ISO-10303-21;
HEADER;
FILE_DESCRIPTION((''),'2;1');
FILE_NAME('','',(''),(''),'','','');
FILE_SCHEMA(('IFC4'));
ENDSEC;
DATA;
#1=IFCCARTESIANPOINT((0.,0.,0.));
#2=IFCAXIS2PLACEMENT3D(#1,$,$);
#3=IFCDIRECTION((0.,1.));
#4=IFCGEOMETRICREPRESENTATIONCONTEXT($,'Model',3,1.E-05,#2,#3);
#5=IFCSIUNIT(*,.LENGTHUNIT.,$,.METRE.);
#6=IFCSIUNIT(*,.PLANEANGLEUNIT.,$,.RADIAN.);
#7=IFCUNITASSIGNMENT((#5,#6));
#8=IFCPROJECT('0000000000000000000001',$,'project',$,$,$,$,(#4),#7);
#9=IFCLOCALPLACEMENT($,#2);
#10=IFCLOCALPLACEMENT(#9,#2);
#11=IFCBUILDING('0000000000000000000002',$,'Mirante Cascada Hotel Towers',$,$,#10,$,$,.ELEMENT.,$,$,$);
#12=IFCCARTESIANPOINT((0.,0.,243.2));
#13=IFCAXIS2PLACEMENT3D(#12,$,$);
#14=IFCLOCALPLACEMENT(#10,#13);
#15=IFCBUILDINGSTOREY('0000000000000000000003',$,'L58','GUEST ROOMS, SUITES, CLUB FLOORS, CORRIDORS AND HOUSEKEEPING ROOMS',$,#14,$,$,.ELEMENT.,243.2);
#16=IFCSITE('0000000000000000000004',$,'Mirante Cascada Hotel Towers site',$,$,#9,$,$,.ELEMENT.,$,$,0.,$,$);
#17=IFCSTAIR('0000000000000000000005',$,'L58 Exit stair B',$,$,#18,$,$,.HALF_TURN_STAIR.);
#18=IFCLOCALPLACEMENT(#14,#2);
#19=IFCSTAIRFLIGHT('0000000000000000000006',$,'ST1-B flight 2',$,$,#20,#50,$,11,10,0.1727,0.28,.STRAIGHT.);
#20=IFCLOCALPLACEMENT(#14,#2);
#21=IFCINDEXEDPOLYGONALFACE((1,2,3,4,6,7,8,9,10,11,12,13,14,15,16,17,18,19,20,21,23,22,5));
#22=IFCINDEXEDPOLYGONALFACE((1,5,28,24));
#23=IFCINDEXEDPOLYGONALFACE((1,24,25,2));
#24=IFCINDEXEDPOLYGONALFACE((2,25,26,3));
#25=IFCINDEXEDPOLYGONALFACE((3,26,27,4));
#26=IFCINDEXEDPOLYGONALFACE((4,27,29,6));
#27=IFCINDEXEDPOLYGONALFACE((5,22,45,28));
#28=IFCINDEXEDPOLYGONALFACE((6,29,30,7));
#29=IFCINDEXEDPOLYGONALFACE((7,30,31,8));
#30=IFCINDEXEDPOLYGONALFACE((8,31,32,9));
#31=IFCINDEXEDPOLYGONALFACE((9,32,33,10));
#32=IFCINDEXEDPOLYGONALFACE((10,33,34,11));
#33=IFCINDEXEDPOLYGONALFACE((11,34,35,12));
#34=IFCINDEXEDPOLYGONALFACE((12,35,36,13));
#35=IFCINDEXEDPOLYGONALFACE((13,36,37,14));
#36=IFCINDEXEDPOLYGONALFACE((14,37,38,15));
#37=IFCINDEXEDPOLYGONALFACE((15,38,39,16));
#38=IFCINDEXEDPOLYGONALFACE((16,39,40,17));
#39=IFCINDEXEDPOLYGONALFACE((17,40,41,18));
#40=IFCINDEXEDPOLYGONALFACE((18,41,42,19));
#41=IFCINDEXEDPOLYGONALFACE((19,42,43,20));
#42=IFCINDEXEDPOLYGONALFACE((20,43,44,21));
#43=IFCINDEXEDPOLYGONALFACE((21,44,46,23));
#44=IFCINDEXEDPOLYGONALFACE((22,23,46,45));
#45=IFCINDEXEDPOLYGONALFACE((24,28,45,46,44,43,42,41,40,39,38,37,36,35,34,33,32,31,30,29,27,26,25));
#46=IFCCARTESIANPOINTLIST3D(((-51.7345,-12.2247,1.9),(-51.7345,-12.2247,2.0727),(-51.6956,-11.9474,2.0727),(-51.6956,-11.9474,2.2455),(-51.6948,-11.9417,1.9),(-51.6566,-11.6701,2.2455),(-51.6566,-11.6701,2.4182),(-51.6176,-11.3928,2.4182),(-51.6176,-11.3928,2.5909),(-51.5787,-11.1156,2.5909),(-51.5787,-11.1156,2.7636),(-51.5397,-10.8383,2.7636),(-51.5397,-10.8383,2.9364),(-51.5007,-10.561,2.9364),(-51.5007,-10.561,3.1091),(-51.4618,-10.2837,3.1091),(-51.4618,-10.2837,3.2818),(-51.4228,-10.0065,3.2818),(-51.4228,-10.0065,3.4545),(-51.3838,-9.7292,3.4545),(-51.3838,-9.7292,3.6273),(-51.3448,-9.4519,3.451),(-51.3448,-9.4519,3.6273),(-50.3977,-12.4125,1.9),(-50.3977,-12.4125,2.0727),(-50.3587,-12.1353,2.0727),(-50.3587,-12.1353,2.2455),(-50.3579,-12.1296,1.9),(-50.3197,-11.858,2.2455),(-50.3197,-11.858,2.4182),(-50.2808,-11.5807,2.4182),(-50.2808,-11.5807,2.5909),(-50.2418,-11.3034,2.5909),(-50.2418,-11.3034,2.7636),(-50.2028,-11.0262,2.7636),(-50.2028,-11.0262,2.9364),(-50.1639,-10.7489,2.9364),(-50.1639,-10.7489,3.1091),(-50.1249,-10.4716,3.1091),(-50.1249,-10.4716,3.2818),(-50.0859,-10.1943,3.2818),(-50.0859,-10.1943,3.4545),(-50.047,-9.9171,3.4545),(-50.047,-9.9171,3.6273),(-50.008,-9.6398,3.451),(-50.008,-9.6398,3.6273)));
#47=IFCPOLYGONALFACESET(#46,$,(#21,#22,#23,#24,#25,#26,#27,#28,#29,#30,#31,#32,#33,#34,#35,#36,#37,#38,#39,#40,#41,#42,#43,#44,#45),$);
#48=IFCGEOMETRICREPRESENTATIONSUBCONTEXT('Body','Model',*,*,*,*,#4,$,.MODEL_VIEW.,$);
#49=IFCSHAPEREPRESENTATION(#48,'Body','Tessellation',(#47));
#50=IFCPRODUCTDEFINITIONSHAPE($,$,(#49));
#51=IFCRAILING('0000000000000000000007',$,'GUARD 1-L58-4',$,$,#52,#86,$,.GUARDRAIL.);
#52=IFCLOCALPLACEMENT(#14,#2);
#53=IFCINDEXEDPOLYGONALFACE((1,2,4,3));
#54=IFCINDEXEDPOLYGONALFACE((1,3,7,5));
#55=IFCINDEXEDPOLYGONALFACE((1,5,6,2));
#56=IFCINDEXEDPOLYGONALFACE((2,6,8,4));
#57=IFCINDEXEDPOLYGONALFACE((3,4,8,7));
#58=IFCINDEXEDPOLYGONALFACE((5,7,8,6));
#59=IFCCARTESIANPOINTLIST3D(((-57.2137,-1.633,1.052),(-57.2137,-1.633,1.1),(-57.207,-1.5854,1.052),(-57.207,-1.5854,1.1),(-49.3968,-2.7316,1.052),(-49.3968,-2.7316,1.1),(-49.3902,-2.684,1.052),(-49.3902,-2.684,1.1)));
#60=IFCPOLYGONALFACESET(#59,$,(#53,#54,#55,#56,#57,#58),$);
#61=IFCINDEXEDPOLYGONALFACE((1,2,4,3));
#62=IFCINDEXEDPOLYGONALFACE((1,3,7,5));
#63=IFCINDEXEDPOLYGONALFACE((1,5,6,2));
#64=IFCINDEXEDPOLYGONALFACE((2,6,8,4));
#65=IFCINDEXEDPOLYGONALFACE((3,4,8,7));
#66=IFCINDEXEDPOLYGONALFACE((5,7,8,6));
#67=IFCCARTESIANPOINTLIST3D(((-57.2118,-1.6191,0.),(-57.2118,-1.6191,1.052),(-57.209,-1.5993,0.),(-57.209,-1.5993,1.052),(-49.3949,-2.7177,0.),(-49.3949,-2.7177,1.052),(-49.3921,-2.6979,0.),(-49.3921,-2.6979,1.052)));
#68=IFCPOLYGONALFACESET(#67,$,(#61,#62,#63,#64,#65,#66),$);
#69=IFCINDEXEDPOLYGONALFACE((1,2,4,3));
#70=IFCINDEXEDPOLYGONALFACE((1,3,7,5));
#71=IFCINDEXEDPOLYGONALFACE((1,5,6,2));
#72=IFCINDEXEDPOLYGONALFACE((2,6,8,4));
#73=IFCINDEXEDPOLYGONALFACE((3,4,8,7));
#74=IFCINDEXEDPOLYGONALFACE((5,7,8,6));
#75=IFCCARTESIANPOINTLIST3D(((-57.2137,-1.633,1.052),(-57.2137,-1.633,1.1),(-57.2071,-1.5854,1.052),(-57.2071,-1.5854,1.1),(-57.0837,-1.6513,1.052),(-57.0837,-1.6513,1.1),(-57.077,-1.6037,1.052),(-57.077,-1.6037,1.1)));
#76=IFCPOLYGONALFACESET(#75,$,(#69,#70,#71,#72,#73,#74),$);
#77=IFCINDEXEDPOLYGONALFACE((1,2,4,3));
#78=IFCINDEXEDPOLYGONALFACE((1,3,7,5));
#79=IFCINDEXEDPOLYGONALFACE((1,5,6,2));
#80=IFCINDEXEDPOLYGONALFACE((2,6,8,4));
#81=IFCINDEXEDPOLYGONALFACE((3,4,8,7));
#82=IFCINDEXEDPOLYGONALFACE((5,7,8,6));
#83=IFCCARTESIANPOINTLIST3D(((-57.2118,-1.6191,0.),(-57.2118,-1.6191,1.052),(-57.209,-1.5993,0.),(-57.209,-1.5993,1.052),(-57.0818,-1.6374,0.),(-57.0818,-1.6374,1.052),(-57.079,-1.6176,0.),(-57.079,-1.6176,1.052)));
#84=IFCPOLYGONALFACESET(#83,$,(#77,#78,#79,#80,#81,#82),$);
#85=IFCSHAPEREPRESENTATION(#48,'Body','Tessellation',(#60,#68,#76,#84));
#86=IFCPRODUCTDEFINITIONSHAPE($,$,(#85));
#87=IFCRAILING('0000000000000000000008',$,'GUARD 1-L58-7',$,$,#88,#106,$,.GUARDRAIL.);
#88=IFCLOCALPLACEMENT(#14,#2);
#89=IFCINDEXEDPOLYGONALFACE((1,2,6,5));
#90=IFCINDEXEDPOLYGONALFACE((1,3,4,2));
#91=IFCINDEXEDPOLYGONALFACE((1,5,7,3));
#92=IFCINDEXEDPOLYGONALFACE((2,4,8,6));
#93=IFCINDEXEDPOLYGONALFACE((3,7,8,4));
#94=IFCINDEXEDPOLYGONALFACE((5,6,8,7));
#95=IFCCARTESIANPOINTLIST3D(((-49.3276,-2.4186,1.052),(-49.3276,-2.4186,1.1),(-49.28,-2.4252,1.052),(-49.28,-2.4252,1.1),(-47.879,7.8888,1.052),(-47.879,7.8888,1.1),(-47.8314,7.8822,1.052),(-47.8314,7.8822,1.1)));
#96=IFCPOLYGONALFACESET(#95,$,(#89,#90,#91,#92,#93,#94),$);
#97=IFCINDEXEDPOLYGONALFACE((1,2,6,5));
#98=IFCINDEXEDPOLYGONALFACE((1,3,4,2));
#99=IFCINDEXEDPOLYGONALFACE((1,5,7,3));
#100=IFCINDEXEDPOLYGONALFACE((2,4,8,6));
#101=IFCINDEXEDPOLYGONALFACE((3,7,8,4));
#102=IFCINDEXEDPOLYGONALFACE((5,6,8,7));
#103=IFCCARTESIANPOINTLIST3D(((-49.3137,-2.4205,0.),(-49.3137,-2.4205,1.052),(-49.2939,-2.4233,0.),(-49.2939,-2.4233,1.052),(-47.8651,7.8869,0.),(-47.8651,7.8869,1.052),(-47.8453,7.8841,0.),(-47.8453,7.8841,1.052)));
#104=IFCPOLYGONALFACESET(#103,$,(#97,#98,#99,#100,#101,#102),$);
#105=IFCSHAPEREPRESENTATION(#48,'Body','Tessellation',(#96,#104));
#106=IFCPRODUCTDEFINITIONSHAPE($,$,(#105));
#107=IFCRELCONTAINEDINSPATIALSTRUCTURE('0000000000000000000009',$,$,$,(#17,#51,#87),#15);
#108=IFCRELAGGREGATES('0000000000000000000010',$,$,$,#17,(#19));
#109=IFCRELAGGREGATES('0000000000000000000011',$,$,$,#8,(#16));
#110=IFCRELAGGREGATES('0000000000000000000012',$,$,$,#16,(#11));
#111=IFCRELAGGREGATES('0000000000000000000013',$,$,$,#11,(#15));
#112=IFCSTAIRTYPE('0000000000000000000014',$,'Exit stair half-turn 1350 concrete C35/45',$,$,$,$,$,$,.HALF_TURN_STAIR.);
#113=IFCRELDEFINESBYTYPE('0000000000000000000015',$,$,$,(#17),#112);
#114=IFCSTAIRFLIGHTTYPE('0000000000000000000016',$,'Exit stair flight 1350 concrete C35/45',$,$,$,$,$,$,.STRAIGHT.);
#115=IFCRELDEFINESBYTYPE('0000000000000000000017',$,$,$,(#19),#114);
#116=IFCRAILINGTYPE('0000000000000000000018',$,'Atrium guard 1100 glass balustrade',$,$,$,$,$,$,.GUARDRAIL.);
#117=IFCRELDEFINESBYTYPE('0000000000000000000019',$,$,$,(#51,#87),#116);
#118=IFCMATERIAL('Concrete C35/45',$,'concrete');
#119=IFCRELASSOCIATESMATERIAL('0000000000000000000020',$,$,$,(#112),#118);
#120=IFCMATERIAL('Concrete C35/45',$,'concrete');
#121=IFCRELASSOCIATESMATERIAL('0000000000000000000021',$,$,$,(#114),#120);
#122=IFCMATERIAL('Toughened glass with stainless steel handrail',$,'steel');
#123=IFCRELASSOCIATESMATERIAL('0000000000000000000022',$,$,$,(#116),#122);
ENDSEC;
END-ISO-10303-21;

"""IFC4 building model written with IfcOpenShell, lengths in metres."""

from ifc_helpers import new_model, si_unit, direction, frame, origin, origin_2d, place, context, subcontext, project, spatial, polyline, rectangle, outline, extrude, material, type_object, element, aggregate, save


model = new_model("IFC4")

# Units and contexts
model_context = context("Model", 3, precision=1e-05, world=origin(), true_north=direction((0.0, 1.0)))
body_context = subcontext(model_context, "Body", "Model", "MODEL_VIEW")
ifc_project = project(units=[si_unit("LENGTHUNIT", "METRE"), si_unit("PLANEANGLEUNIT", "RADIAN")], contexts=[model_context])

# Site, building, storey
site_placement = place(None, origin())
site = spatial("IfcSite", under=ifc_project, at=site_placement, Name="Mirante Cascada Hotel Towers site", CompositionType="ELEMENT", RefElevation=0.0)
building_placement = place(site_placement, origin())
building = spatial("IfcBuilding", under=site, at=building_placement, Name="Mirante Cascada Hotel Towers", CompositionType="ELEMENT")
storey_placement = place(building_placement, frame((0.0, 0.0, 243.2)))
storey = spatial("IfcBuildingStorey", under=building, at=storey_placement, Name="L58", Description="GUEST ROOMS, SUITES, CLUB FLOORS, CORRIDORS AND HOUSEKEEPING ROOMS", CompositionType="ELEMENT", Elevation=243.2)

# Stair, stair flight
ifc_material_1 = material(Name="Concrete C35/45", Category="concrete")
stair_type = type_object("IfcStairType", Name="Exit stair half-turn 1350 concrete C35/45", PredefinedType="HALF_TURN_STAIR", material=ifc_material_1)
stair_placement = place(storey_placement, origin())
stair = element("IfcStair", 1, at=stair_placement, inside=storey, type_object=stair_type, Name="L58 Exit stair B", PredefinedType="HALF_TURN_STAIR")
ifc_material_2 = material(Name="Concrete C35/45", Category="concrete")
stair_flight_type = type_object("IfcStairFlightType", Name="Exit stair flight 1350 concrete C35/45", PredefinedType="STRAIGHT", material=ifc_material_2)
stair_flight_1_placement = place(storey_placement, frame((-51.0661, -12.3186, 1.9), z_axis=(0.0, 0.0, 1.0), x_axis=(0.139173, 0.990268, 0.0)))
stair_flight_1 = element("IfcStairFlight", 2, at=stair_flight_1_placement, type_object=stair_flight_type, Name="ST1-B flight 2", NumberOfRisers=11, NumberOfTreads=10, PredefinedType="STRAIGHT", RiserHeight=0.1727, TreadLength=0.28, context=body_context, shape_type="SweptSolid", body=[
    extrude(outline(polyline([(0.0, 0.0), (0.0, 0.1727), (0.28, 0.1727), (0.28, 0.3455), (0.56, 0.3455), (0.56, 0.5182), (0.84, 0.5182), (0.84, 0.6909), (1.12, 0.6909), (1.12, 0.8636), (1.4, 0.8636), (1.4, 1.0364), (1.68, 1.0364), (1.68, 1.2091), (1.96, 1.2091), (1.96, 1.3818), (2.24, 1.3818), (2.24, 1.5545), (2.52, 1.5545), (2.52, 1.7273), (2.8, 1.7273), (2.8, 1.9), (2.8, 1.551), (0.2857, 0.0), (0.0, 0.0)])), frame((0.0, 0.675, 0.0), z_axis=(0.0, -1.0, 0.0), x_axis=(1.0, 0.0, 0.0)), (0.0, 0.0, 1.0), 1.35),
])
aggregate(stair, [stair_flight_1])

# Railings
ifc_material_3 = material(Name="Toughened glass with stainless steel handrail", Category="steel")
railing_type_1 = type_object("IfcRailingType", Name="Atrium guard 1100 glass balustrade", PredefinedType="GUARDRAIL", material=ifc_material_3)
railing_1_placement = place(storey_placement, frame((-49.3935, -2.7078, 0.0)))
element("IfcRailing", 3, at=railing_1_placement, inside=storey, type_object=railing_type_1, Name="GUARD 1-L58-4", PredefinedType="GUARDRAIL", context=body_context, shape_type="SweptSolid", body=[
    extrude(rectangle(XDim=0.048, YDim=0.048, at=origin_2d()), frame((0.0, 0.0, 1.076), z_axis=(-0.990268, 0.139174, 0.0), x_axis=(-0.139174, -0.990268, 0.0)), (0.0, 0.0, 1.0), 7.8937),
    extrude(rectangle(XDim=0.02, YDim=1.052, at=origin_2d()), frame((0.0, 0.0, 0.526), z_axis=(-0.990268, 0.139174, 0.0), x_axis=(-0.139174, -0.990268, 0.0)), (0.0, 0.0, 1.0), 7.8937),
    extrude(rectangle(XDim=0.048, YDim=0.048, at=origin_2d()), frame((-7.8169, 1.0986, 1.076), z_axis=(0.990237, -0.139395, 0.0), x_axis=(0.139395, 0.990237, 0.0)), (0.0, 0.0, 1.0), 0.1313),
    extrude(rectangle(XDim=0.02, YDim=1.052, at=origin_2d()), frame((-7.8169, 1.0986, 0.526), z_axis=(0.990237, -0.139395, 0.0), x_axis=(0.139395, 0.990237, 0.0)), (0.0, 0.0, 1.0), 0.1313),
])
railing_2_placement = place(storey_placement, frame((-49.3038, -2.4219, 0.0)))
element("IfcRailing", 4, at=railing_2_placement, inside=storey, type_object=railing_type_1, Name="GUARD 1-L58-7", PredefinedType="GUARDRAIL", context=body_context, shape_type="SweptSolid", body=[
    extrude(rectangle(XDim=0.048, YDim=0.048, at=origin_2d()), frame((0.0, 0.0, 1.076), z_axis=(0.139172, 0.990268, 0.0), x_axis=(-0.990268, 0.139172, 0.0)), (0.0, 0.0, 1.0), 10.4087),
    extrude(rectangle(XDim=0.02, YDim=1.052, at=origin_2d()), frame((0.0, 0.0, 0.526), z_axis=(0.139172, 0.990268, 0.0), x_axis=(-0.990268, 0.139172, 0.0)), (0.0, 0.0, 1.0), 10.4087),
])

save(model, "model.ifc")
